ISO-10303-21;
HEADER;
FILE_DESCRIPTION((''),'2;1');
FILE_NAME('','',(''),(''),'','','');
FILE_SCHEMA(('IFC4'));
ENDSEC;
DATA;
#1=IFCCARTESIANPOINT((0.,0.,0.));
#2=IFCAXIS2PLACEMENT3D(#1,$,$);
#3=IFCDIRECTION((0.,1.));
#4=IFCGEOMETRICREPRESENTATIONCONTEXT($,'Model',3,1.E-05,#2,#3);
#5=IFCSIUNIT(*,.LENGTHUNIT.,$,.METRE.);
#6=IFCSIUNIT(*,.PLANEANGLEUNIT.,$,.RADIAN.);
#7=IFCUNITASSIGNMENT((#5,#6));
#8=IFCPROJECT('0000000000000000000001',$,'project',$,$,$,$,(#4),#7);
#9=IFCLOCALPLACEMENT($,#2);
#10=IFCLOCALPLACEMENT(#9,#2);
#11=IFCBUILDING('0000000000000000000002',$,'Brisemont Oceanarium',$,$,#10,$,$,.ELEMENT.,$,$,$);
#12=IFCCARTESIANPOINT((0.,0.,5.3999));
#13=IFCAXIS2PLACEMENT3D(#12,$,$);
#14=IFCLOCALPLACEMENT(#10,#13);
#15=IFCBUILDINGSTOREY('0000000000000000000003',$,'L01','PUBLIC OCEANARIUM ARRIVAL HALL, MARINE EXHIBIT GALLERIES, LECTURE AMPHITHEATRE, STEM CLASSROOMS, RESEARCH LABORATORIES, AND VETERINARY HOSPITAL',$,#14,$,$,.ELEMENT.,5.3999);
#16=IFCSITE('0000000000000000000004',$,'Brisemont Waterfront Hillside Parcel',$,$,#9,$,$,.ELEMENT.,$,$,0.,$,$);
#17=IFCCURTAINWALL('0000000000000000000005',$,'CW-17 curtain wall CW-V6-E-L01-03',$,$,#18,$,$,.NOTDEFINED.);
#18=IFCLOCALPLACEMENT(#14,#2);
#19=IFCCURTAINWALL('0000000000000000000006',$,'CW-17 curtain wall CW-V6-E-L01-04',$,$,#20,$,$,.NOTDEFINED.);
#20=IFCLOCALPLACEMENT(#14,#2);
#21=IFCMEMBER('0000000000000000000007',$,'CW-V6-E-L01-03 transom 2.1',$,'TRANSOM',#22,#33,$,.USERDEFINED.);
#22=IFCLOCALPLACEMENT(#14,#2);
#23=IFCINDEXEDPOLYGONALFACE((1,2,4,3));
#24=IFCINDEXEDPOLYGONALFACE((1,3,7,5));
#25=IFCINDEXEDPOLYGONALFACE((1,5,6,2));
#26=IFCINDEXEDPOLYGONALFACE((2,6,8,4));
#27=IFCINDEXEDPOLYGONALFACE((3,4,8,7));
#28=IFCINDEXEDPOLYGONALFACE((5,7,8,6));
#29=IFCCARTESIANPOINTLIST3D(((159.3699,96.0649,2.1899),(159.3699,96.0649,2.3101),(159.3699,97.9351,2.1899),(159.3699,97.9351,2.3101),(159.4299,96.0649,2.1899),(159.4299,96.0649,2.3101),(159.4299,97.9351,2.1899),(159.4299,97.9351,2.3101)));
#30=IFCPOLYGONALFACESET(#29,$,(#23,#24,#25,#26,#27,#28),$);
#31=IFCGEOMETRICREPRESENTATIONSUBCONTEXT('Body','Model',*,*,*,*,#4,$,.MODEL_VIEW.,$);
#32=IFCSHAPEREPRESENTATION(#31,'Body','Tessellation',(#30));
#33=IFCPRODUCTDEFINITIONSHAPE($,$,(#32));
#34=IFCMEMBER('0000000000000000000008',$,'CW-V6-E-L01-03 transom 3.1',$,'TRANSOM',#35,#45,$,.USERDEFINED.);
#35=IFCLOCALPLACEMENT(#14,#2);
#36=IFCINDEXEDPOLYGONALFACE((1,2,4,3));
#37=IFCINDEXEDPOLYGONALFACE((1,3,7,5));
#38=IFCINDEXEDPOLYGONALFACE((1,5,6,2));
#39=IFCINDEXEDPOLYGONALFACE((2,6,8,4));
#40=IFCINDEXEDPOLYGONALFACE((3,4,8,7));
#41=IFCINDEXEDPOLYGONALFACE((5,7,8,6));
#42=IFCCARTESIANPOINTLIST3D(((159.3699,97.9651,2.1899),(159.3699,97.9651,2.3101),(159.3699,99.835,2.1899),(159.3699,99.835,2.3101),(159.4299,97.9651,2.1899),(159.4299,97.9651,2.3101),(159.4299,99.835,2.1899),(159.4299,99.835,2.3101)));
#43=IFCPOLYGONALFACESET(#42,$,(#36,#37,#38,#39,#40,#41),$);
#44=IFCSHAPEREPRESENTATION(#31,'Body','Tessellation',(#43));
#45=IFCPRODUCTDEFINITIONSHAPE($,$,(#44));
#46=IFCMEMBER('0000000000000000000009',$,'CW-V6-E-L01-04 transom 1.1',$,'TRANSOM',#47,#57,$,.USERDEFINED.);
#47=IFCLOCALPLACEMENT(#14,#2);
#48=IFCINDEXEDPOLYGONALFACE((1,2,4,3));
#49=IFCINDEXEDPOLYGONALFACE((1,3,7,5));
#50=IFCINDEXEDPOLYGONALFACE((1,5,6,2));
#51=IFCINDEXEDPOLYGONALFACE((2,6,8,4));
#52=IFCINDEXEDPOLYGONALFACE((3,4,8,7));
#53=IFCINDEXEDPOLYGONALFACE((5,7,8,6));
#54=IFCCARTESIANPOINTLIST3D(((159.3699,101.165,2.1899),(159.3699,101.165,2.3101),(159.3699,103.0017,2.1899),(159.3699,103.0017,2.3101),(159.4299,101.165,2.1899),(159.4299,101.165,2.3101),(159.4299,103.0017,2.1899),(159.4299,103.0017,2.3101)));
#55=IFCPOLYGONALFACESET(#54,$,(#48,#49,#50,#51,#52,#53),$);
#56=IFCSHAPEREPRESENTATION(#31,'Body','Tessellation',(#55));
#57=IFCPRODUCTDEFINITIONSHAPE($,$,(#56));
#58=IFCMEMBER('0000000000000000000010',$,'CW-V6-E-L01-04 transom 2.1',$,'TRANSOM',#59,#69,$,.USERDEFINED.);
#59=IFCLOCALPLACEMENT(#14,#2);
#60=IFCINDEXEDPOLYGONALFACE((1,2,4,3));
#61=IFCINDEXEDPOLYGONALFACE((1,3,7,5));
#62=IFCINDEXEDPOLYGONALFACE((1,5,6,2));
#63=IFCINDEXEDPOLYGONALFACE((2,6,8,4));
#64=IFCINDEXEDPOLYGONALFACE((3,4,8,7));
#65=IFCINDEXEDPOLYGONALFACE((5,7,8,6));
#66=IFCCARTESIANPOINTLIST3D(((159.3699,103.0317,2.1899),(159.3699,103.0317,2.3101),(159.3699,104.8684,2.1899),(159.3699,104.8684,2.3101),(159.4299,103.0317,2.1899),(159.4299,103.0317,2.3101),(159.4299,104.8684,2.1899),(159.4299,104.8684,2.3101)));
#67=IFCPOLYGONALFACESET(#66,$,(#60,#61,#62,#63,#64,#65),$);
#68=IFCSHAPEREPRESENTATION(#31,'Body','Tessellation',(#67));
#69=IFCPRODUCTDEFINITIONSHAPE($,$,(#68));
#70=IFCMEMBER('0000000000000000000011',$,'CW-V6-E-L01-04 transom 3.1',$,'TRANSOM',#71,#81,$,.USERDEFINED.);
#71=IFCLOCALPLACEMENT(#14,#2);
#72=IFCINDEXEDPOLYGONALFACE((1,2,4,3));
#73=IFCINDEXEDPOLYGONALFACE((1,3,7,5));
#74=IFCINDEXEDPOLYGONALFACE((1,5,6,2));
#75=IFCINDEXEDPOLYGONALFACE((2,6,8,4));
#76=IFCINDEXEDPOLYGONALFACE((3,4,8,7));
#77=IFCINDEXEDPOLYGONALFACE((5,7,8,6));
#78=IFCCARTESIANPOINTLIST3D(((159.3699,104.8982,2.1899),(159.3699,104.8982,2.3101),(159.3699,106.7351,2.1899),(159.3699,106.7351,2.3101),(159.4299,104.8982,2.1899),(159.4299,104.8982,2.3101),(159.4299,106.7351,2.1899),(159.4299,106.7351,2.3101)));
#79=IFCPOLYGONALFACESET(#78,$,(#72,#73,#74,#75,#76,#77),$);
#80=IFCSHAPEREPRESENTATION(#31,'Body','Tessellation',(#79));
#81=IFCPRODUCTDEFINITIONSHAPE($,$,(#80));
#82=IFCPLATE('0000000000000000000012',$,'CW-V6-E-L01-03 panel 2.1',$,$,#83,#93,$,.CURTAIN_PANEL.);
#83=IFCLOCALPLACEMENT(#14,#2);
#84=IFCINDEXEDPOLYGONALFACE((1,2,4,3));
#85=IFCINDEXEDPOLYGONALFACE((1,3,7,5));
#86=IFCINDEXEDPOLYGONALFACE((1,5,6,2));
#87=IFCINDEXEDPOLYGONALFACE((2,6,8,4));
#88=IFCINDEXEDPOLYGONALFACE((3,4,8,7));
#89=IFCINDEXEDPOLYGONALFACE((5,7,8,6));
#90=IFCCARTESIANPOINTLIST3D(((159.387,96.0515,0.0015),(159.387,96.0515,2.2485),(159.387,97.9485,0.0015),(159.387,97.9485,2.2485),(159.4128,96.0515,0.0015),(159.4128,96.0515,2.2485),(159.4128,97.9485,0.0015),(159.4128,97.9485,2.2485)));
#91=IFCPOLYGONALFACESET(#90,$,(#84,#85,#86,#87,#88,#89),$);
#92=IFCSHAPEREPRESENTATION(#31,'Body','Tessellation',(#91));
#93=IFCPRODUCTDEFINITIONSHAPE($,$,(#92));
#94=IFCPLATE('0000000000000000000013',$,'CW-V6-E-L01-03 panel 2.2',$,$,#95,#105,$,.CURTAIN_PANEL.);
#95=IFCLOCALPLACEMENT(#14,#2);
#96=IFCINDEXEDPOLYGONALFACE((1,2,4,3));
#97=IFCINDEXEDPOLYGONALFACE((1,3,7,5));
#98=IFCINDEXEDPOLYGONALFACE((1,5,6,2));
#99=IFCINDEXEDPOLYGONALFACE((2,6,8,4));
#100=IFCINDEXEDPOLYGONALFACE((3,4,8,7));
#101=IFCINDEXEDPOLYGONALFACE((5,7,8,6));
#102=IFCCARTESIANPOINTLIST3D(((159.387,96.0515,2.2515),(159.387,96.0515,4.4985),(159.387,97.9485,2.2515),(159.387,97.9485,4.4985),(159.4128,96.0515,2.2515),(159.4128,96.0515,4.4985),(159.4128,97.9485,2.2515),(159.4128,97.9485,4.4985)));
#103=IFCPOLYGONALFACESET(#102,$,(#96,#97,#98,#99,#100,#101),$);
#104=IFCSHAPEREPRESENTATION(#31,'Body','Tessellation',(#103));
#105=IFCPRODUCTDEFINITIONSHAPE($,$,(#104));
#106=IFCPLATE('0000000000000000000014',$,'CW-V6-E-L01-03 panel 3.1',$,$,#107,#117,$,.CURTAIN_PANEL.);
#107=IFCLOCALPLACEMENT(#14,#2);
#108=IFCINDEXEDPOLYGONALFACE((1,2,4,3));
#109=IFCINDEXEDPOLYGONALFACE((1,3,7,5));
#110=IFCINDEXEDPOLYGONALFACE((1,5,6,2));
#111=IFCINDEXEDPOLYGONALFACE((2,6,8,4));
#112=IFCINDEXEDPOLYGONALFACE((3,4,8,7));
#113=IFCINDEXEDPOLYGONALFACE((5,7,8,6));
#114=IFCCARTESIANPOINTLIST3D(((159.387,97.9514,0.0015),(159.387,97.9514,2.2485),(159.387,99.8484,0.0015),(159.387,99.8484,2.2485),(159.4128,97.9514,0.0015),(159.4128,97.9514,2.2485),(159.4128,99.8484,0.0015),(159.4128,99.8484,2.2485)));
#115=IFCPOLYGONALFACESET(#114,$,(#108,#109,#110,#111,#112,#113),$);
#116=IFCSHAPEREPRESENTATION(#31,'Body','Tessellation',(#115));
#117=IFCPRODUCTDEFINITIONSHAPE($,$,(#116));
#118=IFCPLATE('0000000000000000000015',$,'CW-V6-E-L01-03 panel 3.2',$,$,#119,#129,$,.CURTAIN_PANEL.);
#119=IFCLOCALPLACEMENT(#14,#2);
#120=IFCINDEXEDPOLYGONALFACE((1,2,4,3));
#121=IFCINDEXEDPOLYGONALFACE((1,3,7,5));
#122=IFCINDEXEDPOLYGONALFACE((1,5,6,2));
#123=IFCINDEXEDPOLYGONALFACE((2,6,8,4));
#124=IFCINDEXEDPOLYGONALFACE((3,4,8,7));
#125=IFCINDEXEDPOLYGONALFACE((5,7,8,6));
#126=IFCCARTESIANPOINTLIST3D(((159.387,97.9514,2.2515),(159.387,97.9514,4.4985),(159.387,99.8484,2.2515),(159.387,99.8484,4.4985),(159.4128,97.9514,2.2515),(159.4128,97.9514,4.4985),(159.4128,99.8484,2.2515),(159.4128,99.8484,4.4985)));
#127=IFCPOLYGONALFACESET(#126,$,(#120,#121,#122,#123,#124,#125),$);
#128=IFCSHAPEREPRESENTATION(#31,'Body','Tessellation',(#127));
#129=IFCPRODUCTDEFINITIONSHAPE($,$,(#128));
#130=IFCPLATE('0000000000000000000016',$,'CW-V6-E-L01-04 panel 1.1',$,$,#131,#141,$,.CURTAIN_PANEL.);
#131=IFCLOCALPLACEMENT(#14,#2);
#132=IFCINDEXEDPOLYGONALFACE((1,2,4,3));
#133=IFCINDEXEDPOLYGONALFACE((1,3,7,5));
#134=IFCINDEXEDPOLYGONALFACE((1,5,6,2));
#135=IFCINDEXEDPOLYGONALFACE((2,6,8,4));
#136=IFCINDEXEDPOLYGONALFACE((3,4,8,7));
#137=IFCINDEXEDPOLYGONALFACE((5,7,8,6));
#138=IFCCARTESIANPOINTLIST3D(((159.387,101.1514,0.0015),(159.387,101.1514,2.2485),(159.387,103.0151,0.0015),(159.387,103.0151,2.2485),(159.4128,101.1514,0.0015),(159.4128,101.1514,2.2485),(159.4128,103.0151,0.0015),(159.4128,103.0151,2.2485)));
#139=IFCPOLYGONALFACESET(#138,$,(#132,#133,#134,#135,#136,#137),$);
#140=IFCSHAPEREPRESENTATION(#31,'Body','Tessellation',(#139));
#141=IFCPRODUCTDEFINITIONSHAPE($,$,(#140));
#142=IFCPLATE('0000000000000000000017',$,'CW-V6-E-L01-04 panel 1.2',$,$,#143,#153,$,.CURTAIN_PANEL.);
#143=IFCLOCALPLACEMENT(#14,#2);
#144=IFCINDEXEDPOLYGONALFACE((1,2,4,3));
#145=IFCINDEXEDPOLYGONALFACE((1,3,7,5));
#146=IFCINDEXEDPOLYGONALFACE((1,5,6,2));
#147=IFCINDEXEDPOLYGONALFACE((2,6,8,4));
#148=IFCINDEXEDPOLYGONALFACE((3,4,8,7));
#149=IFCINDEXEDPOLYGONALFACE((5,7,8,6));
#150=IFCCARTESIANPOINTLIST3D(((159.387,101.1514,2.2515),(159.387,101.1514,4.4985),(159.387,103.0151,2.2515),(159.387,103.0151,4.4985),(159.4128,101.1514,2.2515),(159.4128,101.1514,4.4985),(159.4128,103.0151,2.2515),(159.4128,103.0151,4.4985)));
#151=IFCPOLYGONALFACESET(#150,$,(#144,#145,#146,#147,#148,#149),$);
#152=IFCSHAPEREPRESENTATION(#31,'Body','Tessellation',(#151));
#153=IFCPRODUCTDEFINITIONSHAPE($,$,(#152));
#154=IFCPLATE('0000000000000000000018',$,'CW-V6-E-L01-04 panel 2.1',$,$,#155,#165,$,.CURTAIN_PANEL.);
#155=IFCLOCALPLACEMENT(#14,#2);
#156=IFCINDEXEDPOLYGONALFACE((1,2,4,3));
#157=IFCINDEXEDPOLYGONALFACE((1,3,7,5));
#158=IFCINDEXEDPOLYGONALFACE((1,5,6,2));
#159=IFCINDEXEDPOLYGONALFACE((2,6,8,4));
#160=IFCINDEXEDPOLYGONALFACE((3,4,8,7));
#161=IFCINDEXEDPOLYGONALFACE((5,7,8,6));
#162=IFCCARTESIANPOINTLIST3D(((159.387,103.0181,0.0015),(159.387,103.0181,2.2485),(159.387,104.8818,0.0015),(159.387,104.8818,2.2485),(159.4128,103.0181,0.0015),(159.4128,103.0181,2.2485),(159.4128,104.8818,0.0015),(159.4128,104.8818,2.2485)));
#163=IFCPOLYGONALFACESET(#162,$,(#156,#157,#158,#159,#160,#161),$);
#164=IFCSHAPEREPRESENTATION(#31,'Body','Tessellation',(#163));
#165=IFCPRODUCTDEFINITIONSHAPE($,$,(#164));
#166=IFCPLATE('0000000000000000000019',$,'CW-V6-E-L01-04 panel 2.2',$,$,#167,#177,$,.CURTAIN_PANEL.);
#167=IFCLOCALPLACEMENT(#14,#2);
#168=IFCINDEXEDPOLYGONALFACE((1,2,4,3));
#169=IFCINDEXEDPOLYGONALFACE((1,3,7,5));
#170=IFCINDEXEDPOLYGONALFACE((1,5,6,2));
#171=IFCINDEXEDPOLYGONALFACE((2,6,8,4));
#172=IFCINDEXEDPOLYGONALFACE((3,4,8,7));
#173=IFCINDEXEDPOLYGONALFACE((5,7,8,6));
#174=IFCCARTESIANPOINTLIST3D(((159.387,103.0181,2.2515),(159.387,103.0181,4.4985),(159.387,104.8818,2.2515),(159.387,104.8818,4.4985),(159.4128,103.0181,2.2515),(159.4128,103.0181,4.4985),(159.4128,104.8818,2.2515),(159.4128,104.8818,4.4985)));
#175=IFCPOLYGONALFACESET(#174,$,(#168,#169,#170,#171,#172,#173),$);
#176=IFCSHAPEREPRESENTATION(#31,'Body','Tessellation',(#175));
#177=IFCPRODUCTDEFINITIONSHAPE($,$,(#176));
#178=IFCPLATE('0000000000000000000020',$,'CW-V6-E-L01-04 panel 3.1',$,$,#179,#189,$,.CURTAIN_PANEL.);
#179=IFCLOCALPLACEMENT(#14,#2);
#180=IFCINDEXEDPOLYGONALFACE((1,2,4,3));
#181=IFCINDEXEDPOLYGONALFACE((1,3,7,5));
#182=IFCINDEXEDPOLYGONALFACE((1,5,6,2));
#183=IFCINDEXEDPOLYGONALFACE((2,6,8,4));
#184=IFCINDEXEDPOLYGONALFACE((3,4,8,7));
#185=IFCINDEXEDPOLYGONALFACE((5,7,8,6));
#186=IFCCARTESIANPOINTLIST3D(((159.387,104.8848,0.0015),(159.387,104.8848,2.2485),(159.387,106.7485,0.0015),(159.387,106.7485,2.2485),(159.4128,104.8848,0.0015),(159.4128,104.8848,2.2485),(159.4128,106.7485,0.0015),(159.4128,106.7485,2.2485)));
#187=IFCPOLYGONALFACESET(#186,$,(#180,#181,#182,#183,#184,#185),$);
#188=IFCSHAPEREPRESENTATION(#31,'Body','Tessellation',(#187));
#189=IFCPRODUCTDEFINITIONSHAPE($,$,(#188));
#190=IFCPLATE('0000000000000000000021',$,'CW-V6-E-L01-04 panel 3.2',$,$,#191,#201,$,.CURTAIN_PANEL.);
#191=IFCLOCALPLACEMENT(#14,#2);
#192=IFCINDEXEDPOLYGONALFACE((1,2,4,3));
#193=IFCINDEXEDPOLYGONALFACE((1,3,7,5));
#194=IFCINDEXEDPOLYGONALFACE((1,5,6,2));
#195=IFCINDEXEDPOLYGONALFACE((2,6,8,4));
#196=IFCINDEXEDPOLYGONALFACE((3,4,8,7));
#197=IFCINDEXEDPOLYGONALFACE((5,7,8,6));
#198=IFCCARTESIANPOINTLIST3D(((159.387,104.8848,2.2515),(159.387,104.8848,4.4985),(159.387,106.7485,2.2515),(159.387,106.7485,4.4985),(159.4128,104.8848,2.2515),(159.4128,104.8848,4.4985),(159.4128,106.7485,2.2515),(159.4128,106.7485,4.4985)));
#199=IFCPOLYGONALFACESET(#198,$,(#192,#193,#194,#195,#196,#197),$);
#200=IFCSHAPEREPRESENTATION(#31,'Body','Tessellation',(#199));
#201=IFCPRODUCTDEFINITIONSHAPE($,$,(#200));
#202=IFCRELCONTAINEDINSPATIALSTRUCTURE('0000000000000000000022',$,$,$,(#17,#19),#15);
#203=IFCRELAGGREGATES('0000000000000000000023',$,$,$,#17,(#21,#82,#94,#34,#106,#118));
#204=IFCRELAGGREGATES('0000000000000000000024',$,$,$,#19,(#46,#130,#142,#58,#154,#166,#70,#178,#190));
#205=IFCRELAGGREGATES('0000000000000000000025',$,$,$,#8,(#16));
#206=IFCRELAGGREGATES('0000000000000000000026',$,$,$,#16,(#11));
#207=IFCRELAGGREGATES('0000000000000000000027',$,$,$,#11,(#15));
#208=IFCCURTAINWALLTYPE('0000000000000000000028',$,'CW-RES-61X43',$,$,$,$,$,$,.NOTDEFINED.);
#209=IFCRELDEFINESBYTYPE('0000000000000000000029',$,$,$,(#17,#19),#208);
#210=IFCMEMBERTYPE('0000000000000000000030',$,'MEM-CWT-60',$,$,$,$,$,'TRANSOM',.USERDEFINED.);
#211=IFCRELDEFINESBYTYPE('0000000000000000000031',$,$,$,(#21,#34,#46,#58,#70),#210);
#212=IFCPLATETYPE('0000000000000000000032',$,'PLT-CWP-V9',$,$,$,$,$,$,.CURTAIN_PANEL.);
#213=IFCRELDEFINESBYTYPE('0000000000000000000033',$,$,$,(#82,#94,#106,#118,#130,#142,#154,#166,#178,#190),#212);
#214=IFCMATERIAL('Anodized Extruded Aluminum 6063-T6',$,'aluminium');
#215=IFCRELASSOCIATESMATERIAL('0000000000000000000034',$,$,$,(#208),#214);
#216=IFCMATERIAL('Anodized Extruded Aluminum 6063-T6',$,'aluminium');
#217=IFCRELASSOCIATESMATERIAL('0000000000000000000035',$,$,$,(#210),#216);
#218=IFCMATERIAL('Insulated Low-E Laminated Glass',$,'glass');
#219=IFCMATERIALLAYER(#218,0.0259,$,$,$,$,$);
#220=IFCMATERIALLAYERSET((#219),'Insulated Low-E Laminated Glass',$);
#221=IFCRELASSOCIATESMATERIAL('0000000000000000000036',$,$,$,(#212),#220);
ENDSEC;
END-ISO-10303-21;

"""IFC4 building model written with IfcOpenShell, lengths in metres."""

from ifc_helpers import new_model, si_unit, direction, frame, origin, origin_2d, place, context, subcontext, project, spatial, rectangle, extrude, material, layer, layer_set, material_profile, profile_set, type_object, element, aggregate, save


model = new_model("IFC4")

# Units and contexts
model_context = context("Model", 3, precision=1e-05, world=origin(), true_north=direction((0.0, 1.0)))
body_context = subcontext(model_context, "Body", "Model", "MODEL_VIEW")
ifc_project = project(units=[si_unit("LENGTHUNIT", "METRE"), si_unit("PLANEANGLEUNIT", "RADIAN")], contexts=[model_context])

# Site, building, storey
site_placement = place(None, origin())
site = spatial("IfcSite", under=ifc_project, at=site_placement, Name="Brisemont Waterfront Hillside Parcel", CompositionType="ELEMENT", RefElevation=0.0)
building_placement = place(site_placement, origin())
building = spatial("IfcBuilding", under=site, at=building_placement, Name="Brisemont Oceanarium", CompositionType="ELEMENT")
storey_placement = place(building_placement, frame((0.0, 0.0, 5.3999)))
storey = spatial("IfcBuildingStorey", under=building, at=storey_placement, Name="L01", Description="PUBLIC OCEANARIUM ARRIVAL HALL, MARINE EXHIBIT GALLERIES, LECTURE AMPHITHEATRE, STEM CLASSROOMS, RESEARCH LABORATORIES, AND VETERINARY HOSPITAL", CompositionType="ELEMENT", Elevation=5.3999)

# Curtain walls
ifc_material_1 = material(Name="Anodized Extruded Aluminum 6063-T6", Category="aluminium")
curtain_wall_type = type_object("IfcCurtainWallType", Name="CW-RES-61X43", PredefinedType="NOTDEFINED", material=ifc_material_1)
curtain_wall_1_placement = place(storey_placement, origin())
curtain_wall_1 = element("IfcCurtainWall", 1, at=curtain_wall_1_placement, inside=storey, type_object=curtain_wall_type, Name="CW-17 curtain wall CW-V6-E-L01-03", PredefinedType="NOTDEFINED")
curtain_wall_2_placement = place(storey_placement, origin())
curtain_wall_2 = element("IfcCurtainWall", 2, at=curtain_wall_2_placement, inside=storey, type_object=curtain_wall_type, Name="CW-17 curtain wall CW-V6-E-L01-04", PredefinedType="NOTDEFINED")

# Members
ifc_material_2 = material(Name="Anodized Extruded Aluminum 6063-T6", Category="aluminium")
ifc_material_profile_1 = material_profile(ifc_material_2, rectangle(XDim=0.0601, YDim=0.1201, at=origin_2d()), Name="CWT-60X120")
ifc_profile_set_1 = profile_set([ifc_material_profile_1], Name="Anodized Extruded Aluminum 6063-T6")
member_type_1 = type_object("IfcMemberType", Name="MEM-CWT-60", ElementType="TRANSOM", PredefinedType="USERDEFINED", material=ifc_profile_set_1)
member_1_placement = place(storey_placement, frame((159.3999, 96.0649, 2.25), z_axis=(0.0, 1.0, 0.0), x_axis=(-1.0, 0.0, 0.0)))
member_1 = element("IfcMember", 3, at=member_1_placement, type_object=member_type_1, Name="CW-V6-E-L01-03 transom 2.1", ObjectType="TRANSOM", PredefinedType="USERDEFINED", context=body_context, shape_type="SweptSolid", body=[
    extrude(rectangle(XDim=0.0601, YDim=0.1201, at=origin_2d()), origin(), (0.0, 0.0, 1.0), 1.8701),
])
member_2_placement = place(storey_placement, frame((159.3999, 97.9651, 2.25), z_axis=(0.0, 1.0, 0.0), x_axis=(-1.0, 0.0, 0.0)))
member_2 = element("IfcMember", 4, at=member_2_placement, type_object=member_type_1, Name="CW-V6-E-L01-03 transom 3.1", ObjectType="TRANSOM", PredefinedType="USERDEFINED", context=body_context, shape_type="SweptSolid", body=[
    extrude(rectangle(XDim=0.0601, YDim=0.1201, at=origin_2d()), origin(), (0.0, 0.0, 1.0), 1.8699),
])
member_3_placement = place(storey_placement, frame((159.3999, 101.165, 2.25), z_axis=(0.0, 1.0, 0.0), x_axis=(-1.0, 0.0, 0.0)))
member_3 = element("IfcMember", 5, at=member_3_placement, type_object=member_type_1, Name="CW-V6-E-L01-04 transom 1.1", ObjectType="TRANSOM", PredefinedType="USERDEFINED", context=body_context, shape_type="SweptSolid", body=[
    extrude(rectangle(XDim=0.0601, YDim=0.1201, at=origin_2d()), origin(), (0.0, 0.0, 1.0), 1.8367),
])
member_4_placement = place(storey_placement, frame((159.3999, 103.0317, 2.25), z_axis=(0.0, 1.0, 0.0), x_axis=(-1.0, 0.0, 0.0)))
member_4 = element("IfcMember", 6, at=member_4_placement, type_object=member_type_1, Name="CW-V6-E-L01-04 transom 2.1", ObjectType="TRANSOM", PredefinedType="USERDEFINED", context=body_context, shape_type="SweptSolid", body=[
    extrude(rectangle(XDim=0.0601, YDim=0.1201, at=origin_2d()), origin(), (0.0, 0.0, 1.0), 1.8367),
])
member_5_placement = place(storey_placement, frame((159.3999, 104.8982, 2.25), z_axis=(0.0, 1.0, 0.0), x_axis=(-1.0, 0.0, 0.0)))
member_5 = element("IfcMember", 7, at=member_5_placement, type_object=member_type_1, Name="CW-V6-E-L01-04 transom 3.1", ObjectType="TRANSOM", PredefinedType="USERDEFINED", context=body_context, shape_type="SweptSolid", body=[
    extrude(rectangle(XDim=0.0601, YDim=0.1201, at=origin_2d()), origin(), (0.0, 0.0, 1.0), 1.8369),
])

# Plates
ifc_material_3 = material(Name="Insulated Low-E Laminated Glass", Category="glass")
ifc_layer = layer(ifc_material_3, 0.0259)
ifc_layer_set = layer_set([ifc_layer], Name="Insulated Low-E Laminated Glass")
plate_type = type_object("IfcPlateType", Name="PLT-CWP-V9", PredefinedType="CURTAIN_PANEL", material=ifc_layer_set)
plate_1_placement = place(storey_placement, frame((159.3999, 97.0, 0.0015), z_axis=(0.0, 0.0, 1.0), x_axis=(0.0, 1.0, 0.0)))
plate_1 = element("IfcPlate", 8, at=plate_1_placement, type_object=plate_type, Name="CW-V6-E-L01-03 panel 2.1", PredefinedType="CURTAIN_PANEL", context=body_context, shape_type="SweptSolid", body=[
    extrude(rectangle(XDim=1.897, YDim=0.0259, at=origin_2d()), origin(), (0.0, 0.0, 1.0), 2.2471),
])
plate_2_placement = place(storey_placement, frame((159.3999, 97.0, 2.2515), z_axis=(0.0, 0.0, 1.0), x_axis=(0.0, 1.0, 0.0)))
plate_2 = element("IfcPlate", 9, at=plate_2_placement, type_object=plate_type, Name="CW-V6-E-L01-03 panel 2.2", PredefinedType="CURTAIN_PANEL", context=body_context, shape_type="SweptSolid", body=[
    extrude(rectangle(XDim=1.897, YDim=0.0259, at=origin_2d()), origin(), (0.0, 0.0, 1.0), 2.2471),
])
plate_3_placement = place(storey_placement, frame((159.3999, 98.8999, 0.0015), z_axis=(0.0, 0.0, 1.0), x_axis=(0.0, 1.0, 0.0)))
plate_3 = element("IfcPlate", 10, at=plate_3_placement, type_object=plate_type, Name="CW-V6-E-L01-03 panel 3.1", PredefinedType="CURTAIN_PANEL", context=body_context, shape_type="SweptSolid", body=[
    extrude(rectangle(XDim=1.897, YDim=0.0259, at=origin_2d()), origin(), (0.0, 0.0, 1.0), 2.2471),
])
plate_4_placement = place(storey_placement, frame((159.3999, 98.8999, 2.2515), z_axis=(0.0, 0.0, 1.0), x_axis=(0.0, 1.0, 0.0)))
plate_4 = element("IfcPlate", 11, at=plate_4_placement, type_object=plate_type, Name="CW-V6-E-L01-03 panel 3.2", PredefinedType="CURTAIN_PANEL", context=body_context, shape_type="SweptSolid", body=[
    extrude(rectangle(XDim=1.897, YDim=0.0259, at=origin_2d()), origin(), (0.0, 0.0, 1.0), 2.2471),
])
aggregate(curtain_wall_1, [member_1, plate_1, plate_2, member_2, plate_3, plate_4])
plate_5_placement = place(storey_placement, frame((159.3999, 102.0833, 0.0015), z_axis=(0.0, 0.0, 1.0), x_axis=(0.0, 1.0, 0.0)))
plate_5 = element("IfcPlate", 12, at=plate_5_placement, type_object=plate_type, Name="CW-V6-E-L01-04 panel 1.1", PredefinedType="CURTAIN_PANEL", context=body_context, shape_type="SweptSolid", body=[
    extrude(rectangle(XDim=1.8638, YDim=0.0259, at=origin_2d()), origin(), (0.0, 0.0, 1.0), 2.2471),
])
plate_6_placement = place(storey_placement, frame((159.3999, 102.0833, 2.2515), z_axis=(0.0, 0.0, 1.0), x_axis=(0.0, 1.0, 0.0)))
plate_6 = element("IfcPlate", 13, at=plate_6_placement, type_object=plate_type, Name="CW-V6-E-L01-04 panel 1.2", PredefinedType="CURTAIN_PANEL", context=body_context, shape_type="SweptSolid", body=[
    extrude(rectangle(XDim=1.8638, YDim=0.0259, at=origin_2d()), origin(), (0.0, 0.0, 1.0), 2.2471),
])
plate_7_placement = place(storey_placement, frame((159.3999, 103.95, 0.0015), z_axis=(0.0, 0.0, 1.0), x_axis=(0.0, 1.0, 0.0)))
plate_7 = element("IfcPlate", 14, at=plate_7_placement, type_object=plate_type, Name="CW-V6-E-L01-04 panel 2.1", PredefinedType="CURTAIN_PANEL", context=body_context, shape_type="SweptSolid", body=[
    extrude(rectangle(XDim=1.8638, YDim=0.0259, at=origin_2d()), origin(), (0.0, 0.0, 1.0), 2.2471),
])
plate_8_placement = place(storey_placement, frame((159.3999, 103.95, 2.2515), z_axis=(0.0, 0.0, 1.0), x_axis=(0.0, 1.0, 0.0)))
plate_8 = element("IfcPlate", 15, at=plate_8_placement, type_object=plate_type, Name="CW-V6-E-L01-04 panel 2.2", PredefinedType="CURTAIN_PANEL", context=body_context, shape_type="SweptSolid", body=[
    extrude(rectangle(XDim=1.8638, YDim=0.0259, at=origin_2d()), origin(), (0.0, 0.0, 1.0), 2.2471),
])
plate_9_placement = place(storey_placement, frame((159.3999, 105.8167, 0.0015), z_axis=(0.0, 0.0, 1.0), x_axis=(0.0, 1.0, 0.0)))
plate_9 = element("IfcPlate", 16, at=plate_9_placement, type_object=plate_type, Name="CW-V6-E-L01-04 panel 3.1", PredefinedType="CURTAIN_PANEL", context=body_context, shape_type="SweptSolid", body=[
    extrude(rectangle(XDim=1.8638, YDim=0.0259, at=origin_2d()), origin(), (0.0, 0.0, 1.0), 2.2471),
])
plate_10_placement = place(storey_placement, frame((159.3999, 105.8167, 2.2515), z_axis=(0.0, 0.0, 1.0), x_axis=(0.0, 1.0, 0.0)))
plate_10 = element("IfcPlate", 17, at=plate_10_placement, type_object=plate_type, Name="CW-V6-E-L01-04 panel 3.2", PredefinedType="CURTAIN_PANEL", context=body_context, shape_type="SweptSolid", body=[
    extrude(rectangle(XDim=1.8638, YDim=0.0259, at=origin_2d()), origin(), (0.0, 0.0, 1.0), 2.2471),
])
aggregate(curtain_wall_2, [member_3, plate_5, plate_6, member_4, plate_7, plate_8, member_5, plate_9, plate_10])

save(model, "model.ifc")
